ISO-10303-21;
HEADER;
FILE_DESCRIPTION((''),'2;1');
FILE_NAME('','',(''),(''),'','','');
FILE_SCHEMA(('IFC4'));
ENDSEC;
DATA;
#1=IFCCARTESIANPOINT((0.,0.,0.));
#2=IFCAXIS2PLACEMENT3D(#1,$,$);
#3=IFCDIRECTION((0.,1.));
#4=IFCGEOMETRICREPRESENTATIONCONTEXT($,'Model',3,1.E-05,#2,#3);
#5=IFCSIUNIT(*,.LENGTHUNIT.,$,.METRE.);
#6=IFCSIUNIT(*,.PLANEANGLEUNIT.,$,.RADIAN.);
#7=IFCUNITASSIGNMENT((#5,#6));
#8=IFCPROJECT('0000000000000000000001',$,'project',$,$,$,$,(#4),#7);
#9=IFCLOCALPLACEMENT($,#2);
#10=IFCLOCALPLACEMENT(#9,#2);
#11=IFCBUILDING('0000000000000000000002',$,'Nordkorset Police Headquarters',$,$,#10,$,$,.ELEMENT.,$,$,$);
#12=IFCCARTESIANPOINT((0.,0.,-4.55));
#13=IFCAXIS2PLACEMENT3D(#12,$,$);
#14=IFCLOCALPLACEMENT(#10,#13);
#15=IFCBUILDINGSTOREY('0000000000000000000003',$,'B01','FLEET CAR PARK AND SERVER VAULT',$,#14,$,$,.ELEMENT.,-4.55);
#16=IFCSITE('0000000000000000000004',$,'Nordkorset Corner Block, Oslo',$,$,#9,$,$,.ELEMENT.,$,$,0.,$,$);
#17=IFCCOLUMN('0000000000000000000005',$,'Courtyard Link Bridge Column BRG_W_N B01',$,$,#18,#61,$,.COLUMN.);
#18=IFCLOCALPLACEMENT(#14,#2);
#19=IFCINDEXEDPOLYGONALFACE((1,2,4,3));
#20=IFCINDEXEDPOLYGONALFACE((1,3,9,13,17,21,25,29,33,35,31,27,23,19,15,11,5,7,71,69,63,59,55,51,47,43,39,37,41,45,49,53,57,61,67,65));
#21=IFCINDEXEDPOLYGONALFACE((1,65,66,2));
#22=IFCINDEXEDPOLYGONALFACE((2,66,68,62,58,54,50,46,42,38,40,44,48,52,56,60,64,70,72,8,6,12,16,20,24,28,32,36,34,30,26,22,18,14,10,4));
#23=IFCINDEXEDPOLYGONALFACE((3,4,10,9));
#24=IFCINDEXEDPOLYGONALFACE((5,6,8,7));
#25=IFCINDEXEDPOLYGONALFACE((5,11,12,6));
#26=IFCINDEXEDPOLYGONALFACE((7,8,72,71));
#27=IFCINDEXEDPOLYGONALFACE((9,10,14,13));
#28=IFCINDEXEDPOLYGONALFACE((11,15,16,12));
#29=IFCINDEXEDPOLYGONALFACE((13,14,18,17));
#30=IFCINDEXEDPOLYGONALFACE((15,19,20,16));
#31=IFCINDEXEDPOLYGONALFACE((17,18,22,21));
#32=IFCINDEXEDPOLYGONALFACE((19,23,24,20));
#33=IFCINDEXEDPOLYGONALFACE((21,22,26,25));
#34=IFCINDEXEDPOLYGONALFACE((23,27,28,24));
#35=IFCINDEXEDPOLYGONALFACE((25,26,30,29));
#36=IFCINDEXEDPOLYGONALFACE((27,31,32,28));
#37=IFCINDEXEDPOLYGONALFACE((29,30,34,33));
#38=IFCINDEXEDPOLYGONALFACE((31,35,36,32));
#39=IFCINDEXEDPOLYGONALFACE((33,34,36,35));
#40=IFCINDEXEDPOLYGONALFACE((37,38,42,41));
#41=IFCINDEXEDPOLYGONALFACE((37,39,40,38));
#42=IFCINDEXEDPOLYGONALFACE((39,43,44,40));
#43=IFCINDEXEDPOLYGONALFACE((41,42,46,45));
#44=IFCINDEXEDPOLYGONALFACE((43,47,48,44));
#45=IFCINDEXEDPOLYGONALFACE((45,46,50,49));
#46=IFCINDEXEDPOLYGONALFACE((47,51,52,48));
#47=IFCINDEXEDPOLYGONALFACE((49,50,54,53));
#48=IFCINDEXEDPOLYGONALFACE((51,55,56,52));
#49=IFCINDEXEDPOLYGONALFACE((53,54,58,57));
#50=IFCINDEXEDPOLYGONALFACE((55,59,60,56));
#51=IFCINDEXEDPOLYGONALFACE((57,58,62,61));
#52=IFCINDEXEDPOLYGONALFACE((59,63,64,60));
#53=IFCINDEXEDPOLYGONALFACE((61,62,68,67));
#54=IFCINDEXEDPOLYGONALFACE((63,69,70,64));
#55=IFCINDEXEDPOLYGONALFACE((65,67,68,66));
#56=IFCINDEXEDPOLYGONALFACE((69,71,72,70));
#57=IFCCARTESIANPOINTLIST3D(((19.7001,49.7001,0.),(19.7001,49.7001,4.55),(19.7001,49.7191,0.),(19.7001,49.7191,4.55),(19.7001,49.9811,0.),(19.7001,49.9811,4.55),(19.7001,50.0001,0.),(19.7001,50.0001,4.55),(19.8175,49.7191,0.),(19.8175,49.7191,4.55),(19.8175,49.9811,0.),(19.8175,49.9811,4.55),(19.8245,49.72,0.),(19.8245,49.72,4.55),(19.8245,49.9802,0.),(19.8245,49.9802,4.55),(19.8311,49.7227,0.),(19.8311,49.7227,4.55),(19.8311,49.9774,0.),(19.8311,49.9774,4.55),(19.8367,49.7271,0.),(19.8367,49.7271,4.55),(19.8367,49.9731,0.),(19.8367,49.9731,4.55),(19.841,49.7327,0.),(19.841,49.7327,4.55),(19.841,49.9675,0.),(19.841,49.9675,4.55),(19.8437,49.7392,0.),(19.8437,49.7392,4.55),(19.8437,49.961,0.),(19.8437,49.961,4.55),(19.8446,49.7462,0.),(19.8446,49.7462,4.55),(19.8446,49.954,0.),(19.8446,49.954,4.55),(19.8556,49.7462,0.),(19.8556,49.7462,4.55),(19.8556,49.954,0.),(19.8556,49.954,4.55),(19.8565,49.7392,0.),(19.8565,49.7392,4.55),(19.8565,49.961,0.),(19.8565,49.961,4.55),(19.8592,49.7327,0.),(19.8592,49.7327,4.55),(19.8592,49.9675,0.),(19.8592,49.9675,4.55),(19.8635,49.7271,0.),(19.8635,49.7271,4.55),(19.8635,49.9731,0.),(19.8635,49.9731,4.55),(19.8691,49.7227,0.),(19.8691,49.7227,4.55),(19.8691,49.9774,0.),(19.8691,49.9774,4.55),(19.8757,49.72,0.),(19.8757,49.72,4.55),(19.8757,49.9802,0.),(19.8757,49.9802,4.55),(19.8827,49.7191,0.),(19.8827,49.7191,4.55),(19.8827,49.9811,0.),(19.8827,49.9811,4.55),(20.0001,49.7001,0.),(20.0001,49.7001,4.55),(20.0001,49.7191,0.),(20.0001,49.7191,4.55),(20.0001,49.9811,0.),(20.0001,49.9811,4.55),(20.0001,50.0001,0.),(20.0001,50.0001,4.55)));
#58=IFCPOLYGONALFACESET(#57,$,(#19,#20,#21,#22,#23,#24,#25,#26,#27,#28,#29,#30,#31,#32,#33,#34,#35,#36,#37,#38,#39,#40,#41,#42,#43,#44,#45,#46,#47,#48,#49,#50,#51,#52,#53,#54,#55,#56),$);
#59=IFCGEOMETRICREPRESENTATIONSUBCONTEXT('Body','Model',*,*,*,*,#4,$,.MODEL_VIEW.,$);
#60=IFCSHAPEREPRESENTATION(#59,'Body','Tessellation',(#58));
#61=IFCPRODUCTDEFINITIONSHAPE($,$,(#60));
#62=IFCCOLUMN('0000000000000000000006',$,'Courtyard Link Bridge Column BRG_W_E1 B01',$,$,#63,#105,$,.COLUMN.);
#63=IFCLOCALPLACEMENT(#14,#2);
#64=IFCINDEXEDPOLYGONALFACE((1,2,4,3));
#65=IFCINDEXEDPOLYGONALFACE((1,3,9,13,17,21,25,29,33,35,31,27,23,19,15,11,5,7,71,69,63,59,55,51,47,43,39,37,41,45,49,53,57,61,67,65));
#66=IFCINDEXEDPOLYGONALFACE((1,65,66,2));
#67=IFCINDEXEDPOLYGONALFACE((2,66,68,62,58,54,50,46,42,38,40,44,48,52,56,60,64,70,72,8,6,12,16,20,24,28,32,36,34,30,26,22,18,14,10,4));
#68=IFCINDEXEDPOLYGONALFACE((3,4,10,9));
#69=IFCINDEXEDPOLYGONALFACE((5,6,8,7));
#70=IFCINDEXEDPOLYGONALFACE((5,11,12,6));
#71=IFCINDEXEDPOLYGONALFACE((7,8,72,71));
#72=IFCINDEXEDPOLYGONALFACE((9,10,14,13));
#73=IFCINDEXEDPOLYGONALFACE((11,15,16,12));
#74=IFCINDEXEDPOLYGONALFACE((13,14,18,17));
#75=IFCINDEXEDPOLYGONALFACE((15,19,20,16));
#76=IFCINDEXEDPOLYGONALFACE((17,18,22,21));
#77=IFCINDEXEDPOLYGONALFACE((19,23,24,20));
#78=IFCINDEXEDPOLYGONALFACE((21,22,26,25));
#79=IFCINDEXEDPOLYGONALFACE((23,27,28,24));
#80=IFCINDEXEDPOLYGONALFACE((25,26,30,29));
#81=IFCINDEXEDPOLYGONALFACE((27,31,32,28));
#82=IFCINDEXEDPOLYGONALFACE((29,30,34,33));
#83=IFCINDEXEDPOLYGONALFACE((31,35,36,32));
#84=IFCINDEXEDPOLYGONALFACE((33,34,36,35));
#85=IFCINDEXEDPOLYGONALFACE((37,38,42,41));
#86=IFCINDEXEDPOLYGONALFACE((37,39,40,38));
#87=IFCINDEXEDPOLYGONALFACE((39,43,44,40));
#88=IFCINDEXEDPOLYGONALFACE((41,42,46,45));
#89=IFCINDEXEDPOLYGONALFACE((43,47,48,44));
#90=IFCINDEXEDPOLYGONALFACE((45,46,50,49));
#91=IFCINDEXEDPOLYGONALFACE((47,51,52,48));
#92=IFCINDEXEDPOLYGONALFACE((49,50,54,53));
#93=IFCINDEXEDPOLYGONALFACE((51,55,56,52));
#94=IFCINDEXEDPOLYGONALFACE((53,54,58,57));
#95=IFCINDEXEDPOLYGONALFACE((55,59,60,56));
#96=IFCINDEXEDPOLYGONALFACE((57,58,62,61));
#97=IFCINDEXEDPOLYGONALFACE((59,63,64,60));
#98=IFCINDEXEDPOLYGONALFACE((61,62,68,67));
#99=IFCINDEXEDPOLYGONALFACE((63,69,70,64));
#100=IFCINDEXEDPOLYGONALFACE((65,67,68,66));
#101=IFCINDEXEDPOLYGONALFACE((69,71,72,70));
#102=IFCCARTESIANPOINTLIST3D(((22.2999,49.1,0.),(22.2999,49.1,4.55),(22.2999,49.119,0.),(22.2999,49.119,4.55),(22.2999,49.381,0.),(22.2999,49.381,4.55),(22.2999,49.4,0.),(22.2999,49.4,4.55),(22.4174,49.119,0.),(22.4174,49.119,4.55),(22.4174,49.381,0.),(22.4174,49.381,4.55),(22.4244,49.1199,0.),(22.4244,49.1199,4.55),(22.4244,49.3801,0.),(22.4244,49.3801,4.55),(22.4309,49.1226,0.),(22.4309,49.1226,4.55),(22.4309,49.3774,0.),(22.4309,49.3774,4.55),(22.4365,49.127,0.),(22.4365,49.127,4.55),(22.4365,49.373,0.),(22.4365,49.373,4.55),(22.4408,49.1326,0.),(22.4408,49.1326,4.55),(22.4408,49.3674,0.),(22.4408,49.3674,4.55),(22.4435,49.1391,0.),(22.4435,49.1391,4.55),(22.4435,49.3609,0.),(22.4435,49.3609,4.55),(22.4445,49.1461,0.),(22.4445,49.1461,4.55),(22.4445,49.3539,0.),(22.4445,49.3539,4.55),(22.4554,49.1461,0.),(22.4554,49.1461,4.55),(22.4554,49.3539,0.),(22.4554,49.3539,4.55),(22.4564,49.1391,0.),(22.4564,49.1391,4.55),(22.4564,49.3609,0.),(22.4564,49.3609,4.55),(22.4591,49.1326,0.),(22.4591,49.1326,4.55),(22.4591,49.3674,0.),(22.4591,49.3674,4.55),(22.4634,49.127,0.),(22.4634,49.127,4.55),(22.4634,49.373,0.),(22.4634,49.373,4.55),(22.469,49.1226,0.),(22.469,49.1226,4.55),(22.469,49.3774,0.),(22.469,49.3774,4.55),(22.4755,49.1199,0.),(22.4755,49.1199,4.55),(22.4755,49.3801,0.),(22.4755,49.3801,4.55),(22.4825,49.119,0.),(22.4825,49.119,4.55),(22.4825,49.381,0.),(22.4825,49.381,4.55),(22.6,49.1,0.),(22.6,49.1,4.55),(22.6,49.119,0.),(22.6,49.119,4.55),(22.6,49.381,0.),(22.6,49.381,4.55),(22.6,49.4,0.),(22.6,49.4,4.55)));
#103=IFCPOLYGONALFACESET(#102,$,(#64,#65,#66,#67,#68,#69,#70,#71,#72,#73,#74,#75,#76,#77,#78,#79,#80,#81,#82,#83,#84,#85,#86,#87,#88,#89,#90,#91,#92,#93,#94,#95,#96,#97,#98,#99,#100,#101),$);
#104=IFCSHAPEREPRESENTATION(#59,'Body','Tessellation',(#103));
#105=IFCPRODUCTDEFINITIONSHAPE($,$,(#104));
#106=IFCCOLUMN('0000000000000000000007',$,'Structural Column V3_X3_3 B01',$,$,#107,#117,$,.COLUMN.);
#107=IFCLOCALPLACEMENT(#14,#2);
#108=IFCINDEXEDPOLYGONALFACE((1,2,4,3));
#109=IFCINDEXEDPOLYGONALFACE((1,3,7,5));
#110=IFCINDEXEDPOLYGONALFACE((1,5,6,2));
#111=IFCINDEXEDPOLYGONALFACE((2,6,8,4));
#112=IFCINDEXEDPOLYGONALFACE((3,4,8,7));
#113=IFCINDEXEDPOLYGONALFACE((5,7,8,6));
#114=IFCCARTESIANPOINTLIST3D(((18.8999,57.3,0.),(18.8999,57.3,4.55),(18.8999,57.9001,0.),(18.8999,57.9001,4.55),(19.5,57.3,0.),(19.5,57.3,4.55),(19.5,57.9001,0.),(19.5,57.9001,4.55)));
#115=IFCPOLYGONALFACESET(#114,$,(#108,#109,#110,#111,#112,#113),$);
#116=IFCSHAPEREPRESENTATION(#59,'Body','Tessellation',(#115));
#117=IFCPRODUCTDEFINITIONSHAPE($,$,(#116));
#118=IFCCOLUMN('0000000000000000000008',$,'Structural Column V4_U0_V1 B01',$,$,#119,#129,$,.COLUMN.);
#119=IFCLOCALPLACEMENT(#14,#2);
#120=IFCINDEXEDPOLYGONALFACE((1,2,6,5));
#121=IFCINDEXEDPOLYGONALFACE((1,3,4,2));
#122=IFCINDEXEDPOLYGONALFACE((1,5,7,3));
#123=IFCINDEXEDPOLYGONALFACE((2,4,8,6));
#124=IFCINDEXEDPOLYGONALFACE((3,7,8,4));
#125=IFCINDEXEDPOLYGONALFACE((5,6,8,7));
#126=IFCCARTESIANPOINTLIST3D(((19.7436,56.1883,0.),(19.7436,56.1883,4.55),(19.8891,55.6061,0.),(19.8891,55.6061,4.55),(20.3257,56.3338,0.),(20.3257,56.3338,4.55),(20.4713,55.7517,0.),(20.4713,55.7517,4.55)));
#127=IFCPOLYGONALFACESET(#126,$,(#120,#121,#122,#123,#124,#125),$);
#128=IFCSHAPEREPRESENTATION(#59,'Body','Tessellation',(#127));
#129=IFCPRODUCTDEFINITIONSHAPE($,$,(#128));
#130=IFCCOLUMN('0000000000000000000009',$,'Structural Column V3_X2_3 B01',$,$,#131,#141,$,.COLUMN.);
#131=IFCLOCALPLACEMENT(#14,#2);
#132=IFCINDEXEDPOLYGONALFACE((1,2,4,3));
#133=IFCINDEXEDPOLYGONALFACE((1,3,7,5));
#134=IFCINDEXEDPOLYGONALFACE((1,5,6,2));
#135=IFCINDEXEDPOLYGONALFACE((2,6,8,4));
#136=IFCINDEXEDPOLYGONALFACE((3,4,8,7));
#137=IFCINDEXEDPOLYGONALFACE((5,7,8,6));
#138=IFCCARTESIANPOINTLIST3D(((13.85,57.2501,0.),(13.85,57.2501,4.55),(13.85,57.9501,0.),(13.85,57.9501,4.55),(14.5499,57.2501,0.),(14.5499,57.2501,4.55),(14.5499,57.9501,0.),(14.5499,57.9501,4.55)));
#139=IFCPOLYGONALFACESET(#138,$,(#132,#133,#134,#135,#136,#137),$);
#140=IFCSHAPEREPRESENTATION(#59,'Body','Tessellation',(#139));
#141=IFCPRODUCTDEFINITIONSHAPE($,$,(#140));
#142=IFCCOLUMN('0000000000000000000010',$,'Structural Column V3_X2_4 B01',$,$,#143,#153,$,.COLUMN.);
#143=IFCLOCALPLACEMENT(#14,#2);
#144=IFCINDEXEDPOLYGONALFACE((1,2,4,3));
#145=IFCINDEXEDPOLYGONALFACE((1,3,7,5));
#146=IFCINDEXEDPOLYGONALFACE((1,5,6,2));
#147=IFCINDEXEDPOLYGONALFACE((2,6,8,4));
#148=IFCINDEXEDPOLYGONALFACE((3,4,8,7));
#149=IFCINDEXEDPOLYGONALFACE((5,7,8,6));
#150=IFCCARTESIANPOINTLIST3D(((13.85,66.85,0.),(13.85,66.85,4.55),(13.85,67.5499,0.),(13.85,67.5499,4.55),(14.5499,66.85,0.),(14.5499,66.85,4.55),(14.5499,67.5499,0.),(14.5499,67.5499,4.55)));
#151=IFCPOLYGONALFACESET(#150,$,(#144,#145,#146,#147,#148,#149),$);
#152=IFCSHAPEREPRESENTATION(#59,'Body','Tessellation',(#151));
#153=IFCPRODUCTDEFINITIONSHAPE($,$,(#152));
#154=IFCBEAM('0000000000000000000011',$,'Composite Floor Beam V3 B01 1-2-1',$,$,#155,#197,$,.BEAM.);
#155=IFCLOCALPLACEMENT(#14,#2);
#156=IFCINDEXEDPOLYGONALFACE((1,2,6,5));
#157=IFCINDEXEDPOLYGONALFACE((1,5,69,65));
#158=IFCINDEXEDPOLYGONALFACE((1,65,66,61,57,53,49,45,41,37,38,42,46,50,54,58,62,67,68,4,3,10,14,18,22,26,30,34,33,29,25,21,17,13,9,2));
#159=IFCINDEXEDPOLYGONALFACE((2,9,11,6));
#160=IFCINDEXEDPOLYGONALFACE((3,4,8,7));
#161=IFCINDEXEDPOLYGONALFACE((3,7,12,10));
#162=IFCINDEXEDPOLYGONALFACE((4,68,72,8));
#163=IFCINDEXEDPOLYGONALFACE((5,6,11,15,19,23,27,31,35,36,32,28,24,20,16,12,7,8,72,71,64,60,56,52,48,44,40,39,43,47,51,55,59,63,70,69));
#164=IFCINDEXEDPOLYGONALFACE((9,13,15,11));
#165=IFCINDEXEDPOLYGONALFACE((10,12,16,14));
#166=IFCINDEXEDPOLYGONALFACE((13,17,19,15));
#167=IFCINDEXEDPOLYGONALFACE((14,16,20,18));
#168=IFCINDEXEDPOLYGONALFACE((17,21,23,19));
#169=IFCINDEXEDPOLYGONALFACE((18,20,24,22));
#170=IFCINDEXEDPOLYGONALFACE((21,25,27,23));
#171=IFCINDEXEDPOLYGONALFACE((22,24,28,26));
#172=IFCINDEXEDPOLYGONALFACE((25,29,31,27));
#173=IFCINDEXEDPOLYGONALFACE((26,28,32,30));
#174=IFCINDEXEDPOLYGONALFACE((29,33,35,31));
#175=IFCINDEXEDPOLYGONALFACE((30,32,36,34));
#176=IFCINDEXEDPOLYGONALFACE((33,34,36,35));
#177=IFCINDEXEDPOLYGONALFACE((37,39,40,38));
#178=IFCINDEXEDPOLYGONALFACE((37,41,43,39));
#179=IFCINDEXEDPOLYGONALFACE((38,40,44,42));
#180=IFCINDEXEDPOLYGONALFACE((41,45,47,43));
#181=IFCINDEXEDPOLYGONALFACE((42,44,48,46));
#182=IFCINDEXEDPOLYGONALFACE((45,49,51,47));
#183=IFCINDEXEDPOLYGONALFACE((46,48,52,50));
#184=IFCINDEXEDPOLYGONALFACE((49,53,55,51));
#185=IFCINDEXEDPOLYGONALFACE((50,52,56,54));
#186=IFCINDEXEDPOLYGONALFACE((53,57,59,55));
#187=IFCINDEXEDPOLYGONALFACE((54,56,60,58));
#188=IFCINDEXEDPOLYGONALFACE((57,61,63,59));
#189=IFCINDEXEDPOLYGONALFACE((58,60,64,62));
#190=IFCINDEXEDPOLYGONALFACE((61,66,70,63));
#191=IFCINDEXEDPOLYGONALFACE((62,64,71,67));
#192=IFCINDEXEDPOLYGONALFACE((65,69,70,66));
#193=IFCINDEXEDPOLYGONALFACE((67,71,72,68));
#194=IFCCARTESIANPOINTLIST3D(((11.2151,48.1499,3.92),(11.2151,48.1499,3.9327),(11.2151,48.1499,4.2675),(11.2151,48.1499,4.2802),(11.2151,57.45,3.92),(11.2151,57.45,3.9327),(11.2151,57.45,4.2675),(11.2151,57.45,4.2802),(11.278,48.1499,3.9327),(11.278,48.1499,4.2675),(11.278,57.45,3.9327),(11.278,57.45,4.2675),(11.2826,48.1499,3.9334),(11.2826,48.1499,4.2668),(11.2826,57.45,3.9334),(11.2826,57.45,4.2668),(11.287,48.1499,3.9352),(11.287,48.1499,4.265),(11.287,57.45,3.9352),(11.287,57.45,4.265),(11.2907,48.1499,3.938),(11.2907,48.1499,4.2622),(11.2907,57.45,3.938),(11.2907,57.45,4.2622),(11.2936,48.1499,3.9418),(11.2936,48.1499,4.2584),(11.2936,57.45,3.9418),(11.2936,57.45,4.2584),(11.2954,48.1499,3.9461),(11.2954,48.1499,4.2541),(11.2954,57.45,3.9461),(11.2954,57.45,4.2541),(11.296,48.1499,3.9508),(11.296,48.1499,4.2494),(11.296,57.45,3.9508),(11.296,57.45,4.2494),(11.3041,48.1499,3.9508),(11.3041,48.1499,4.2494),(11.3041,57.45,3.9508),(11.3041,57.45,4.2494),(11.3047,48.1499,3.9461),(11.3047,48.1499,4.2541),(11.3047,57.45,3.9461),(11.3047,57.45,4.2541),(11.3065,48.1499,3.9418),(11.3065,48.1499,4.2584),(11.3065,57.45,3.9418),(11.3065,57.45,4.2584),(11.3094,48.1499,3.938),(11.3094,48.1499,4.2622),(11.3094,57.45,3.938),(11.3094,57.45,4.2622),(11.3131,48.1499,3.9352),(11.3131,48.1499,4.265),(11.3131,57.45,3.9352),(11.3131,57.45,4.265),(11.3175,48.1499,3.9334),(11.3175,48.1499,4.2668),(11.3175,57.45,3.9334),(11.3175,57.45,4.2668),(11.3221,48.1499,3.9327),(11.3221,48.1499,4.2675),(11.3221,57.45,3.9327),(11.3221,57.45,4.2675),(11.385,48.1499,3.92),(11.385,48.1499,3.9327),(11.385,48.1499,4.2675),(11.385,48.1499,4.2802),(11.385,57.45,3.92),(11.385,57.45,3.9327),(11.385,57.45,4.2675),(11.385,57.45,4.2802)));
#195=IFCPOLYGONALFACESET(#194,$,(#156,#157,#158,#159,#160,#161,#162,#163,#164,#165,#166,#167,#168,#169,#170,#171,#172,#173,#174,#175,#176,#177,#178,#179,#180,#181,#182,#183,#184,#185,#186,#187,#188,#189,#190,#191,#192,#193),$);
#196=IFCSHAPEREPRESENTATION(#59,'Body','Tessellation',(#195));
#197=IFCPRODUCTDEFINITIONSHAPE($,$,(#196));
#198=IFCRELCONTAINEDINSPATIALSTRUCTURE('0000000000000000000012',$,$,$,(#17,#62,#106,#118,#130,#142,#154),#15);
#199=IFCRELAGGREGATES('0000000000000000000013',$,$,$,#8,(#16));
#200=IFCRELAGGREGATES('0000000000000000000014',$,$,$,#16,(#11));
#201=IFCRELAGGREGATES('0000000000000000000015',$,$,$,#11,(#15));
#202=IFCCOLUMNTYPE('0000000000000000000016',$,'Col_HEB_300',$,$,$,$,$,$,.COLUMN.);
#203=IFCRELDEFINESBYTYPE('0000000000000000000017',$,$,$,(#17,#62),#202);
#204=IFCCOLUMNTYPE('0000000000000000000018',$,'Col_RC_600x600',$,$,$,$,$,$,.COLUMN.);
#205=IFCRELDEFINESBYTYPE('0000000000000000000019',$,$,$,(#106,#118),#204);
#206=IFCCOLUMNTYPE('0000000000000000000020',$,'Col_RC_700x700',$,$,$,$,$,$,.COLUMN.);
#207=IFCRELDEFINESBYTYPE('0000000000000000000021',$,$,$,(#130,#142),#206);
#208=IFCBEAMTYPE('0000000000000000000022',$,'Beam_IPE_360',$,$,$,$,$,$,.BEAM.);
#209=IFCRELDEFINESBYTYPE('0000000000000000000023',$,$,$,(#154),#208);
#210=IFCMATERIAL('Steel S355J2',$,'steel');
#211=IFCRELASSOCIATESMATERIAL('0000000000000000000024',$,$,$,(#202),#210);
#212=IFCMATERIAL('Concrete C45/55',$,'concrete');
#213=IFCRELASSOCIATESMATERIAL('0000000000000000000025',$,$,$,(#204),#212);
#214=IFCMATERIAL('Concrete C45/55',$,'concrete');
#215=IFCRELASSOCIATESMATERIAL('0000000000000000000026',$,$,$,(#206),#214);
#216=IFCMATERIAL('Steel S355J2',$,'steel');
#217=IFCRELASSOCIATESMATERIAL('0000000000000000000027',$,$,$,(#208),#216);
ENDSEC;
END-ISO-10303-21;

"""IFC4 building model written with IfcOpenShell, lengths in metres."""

from ifc_helpers import new_model, si_unit, direction, frame, origin, origin_2d, place, context, subcontext, project, spatial, rectangle, i_section, extrude, material, material_profile, profile_set, type_object, element, save


model = new_model("IFC4")

# Units and contexts
model_context = context("Model", 3, precision=1e-05, world=origin(), true_north=direction((0.0, 1.0)))
body_context = subcontext(model_context, "Body", "Model", "MODEL_VIEW")
ifc_project = project(units=[si_unit("LENGTHUNIT", "METRE"), si_unit("PLANEANGLEUNIT", "RADIAN")], contexts=[model_context])

# Site, building, storey
site_placement = place(None, origin())
site = spatial("IfcSite", under=ifc_project, at=site_placement, Name="Nordkorset Corner Block, Oslo", CompositionType="ELEMENT", RefElevation=0.0)
building_placement = place(site_placement, origin())
building = spatial("IfcBuilding", under=site, at=building_placement, Name="Nordkorset Police Headquarters", CompositionType="ELEMENT")
storey_placement = place(building_placement, frame((0.0, 0.0, -4.55)))
storey = spatial("IfcBuildingStorey", under=building, at=storey_placement, Name="B01", Description="FLEET CAR PARK AND SERVER VAULT", CompositionType="ELEMENT", Elevation=-4.55)

# Columns
ifc_material_1 = material(Name="Steel S355J2", Category="steel")
ifc_material_profile_1 = material_profile(ifc_material_1, i_section(OverallWidth=0.3, OverallDepth=0.3, WebThickness=0.011, FlangeThickness=0.019, FilletRadius=0.0271, at=origin_2d()), Name="HEB 300")
ifc_profile_set_1 = profile_set([ifc_material_profile_1], Name="Steel S355J2")
column_type_1 = type_object("IfcColumnType", Name="Col_HEB_300", PredefinedType="COLUMN", material=ifc_profile_set_1)
for number, where, z_axis, x_axis, name in (
    (1, (19.8501, 49.8501, 0.0), (0.0, 0.0, 1.0), (1.0, 0.0, 0.0), "Courtyard Link Bridge Column BRG_W_N B01"),
    (2, (22.45, 49.25, 0.0), (0.0, 0.0, 1.0), (1.0, 0.0, 0.0), "Courtyard Link Bridge Column BRG_W_E1 B01"),
):
    element("IfcColumn", number, at=place(storey_placement, frame(where, z_axis=z_axis, x_axis=x_axis)), inside=storey, type_object=column_type_1, Name=name, PredefinedType="COLUMN", context=body_context, shape_type="SweptSolid", body=[
        extrude(i_section(OverallWidth=0.3, OverallDepth=0.3, WebThickness=0.011, FlangeThickness=0.019, FilletRadius=0.0271, at=origin_2d()), origin(), (0.0, 0.0, 1.0), 4.55),
    ])
ifc_material_2 = material(Name="Concrete C45/55", Category="concrete")
ifc_material_profile_2 = material_profile(ifc_material_2, rectangle(XDim=0.6001, YDim=0.6001, at=origin_2d()), Name="RC 600x600")
ifc_profile_set_2 = profile_set([ifc_material_profile_2], Name="Concrete C45/55")
column_type_2 = type_object("IfcColumnType", Name="Col_RC_600x600", PredefinedType="COLUMN", material=ifc_profile_set_2)
for number, where, z_axis, x_axis, name in (
    (3, (19.2, 57.6001, 0.0), (0.0, 0.0, 1.0), (1.0, 0.0, 0.0), "Structural Column V3_X3_3 B01"),
    (4, (20.1074, 55.97, 0.0), (0.0, 0.0, 1.0), (0.970143, 0.242536, 0.0), "Structural Column V4_U0_V1 B01"),
):
    element("IfcColumn", number, at=place(storey_placement, frame(where, z_axis=z_axis, x_axis=x_axis)), inside=storey, type_object=column_type_2, Name=name, PredefinedType="COLUMN", context=body_context, shape_type="SweptSolid", body=[
        extrude(rectangle(XDim=0.6001, YDim=0.6001, at=origin_2d()), origin(), (0.0, 0.0, 1.0), 4.55),
    ])
ifc_material_3 = material(Name="Concrete C45/55", Category="concrete")
ifc_material_profile_3 = material_profile(ifc_material_3, rectangle(XDim=0.7, YDim=0.7, at=origin_2d()), Name="RC 700x700")
ifc_profile_set_3 = profile_set([ifc_material_profile_3], Name="Concrete C45/55")
column_type_3 = type_object("IfcColumnType", Name="Col_RC_700x700", PredefinedType="COLUMN", material=ifc_profile_set_3)
for number, where, z_axis, x_axis, name in (
    (5, (14.2, 57.6001, 0.0), (0.0, 0.0, 1.0), (1.0, 0.0, 0.0), "Structural Column V3_X2_3 B01"),
    (6, (14.2, 67.2, 0.0), (0.0, 0.0, 1.0), (1.0, 0.0, 0.0), "Structural Column V3_X2_4 B01"),
):
    element("IfcColumn", number, at=place(storey_placement, frame(where, z_axis=z_axis, x_axis=x_axis)), inside=storey, type_object=column_type_3, Name=name, PredefinedType="COLUMN", context=body_context, shape_type="SweptSolid", body=[
        extrude(rectangle(XDim=0.7, YDim=0.7, at=origin_2d()), origin(), (0.0, 0.0, 1.0), 4.55),
    ])

# Beam
ifc_material_4 = material(Name="Steel S355J2", Category="steel")
ifc_material_profile_4 = material_profile(ifc_material_4, i_section(OverallWidth=0.1699, OverallDepth=0.3601, WebThickness=0.0081, FlangeThickness=0.0127, FilletRadius=0.0181, at=origin_2d()), Name="IPE 360")
ifc_profile_set_4 = profile_set([ifc_material_profile_4], Name="Steel S355J2")
beam_type_1 = type_object("IfcBeamType", Name="Beam_IPE_360", PredefinedType="BEAM", material=ifc_profile_set_4)
for number, where, z_axis, x_axis, name in (
    (7, (11.3, 48.1499, 4.1001), (0.0, 1.0, 0.0), (-1.0, 0.0, 0.0), "Composite Floor Beam V3 B01 1-2-1"),
):
    element("IfcBeam", number, at=place(storey_placement, frame(where, z_axis=z_axis, x_axis=x_axis)), inside=storey, type_object=beam_type_1, Name=name, PredefinedType="BEAM", context=body_context, shape_type="SweptSolid", body=[
        extrude(i_section(OverallWidth=0.1699, OverallDepth=0.3601, WebThickness=0.0081, FlangeThickness=0.0127, FilletRadius=0.0181, at=origin_2d()), origin(), (0.0, 0.0, 1.0), 9.3),
    ])

save(model, "model.ifc")
